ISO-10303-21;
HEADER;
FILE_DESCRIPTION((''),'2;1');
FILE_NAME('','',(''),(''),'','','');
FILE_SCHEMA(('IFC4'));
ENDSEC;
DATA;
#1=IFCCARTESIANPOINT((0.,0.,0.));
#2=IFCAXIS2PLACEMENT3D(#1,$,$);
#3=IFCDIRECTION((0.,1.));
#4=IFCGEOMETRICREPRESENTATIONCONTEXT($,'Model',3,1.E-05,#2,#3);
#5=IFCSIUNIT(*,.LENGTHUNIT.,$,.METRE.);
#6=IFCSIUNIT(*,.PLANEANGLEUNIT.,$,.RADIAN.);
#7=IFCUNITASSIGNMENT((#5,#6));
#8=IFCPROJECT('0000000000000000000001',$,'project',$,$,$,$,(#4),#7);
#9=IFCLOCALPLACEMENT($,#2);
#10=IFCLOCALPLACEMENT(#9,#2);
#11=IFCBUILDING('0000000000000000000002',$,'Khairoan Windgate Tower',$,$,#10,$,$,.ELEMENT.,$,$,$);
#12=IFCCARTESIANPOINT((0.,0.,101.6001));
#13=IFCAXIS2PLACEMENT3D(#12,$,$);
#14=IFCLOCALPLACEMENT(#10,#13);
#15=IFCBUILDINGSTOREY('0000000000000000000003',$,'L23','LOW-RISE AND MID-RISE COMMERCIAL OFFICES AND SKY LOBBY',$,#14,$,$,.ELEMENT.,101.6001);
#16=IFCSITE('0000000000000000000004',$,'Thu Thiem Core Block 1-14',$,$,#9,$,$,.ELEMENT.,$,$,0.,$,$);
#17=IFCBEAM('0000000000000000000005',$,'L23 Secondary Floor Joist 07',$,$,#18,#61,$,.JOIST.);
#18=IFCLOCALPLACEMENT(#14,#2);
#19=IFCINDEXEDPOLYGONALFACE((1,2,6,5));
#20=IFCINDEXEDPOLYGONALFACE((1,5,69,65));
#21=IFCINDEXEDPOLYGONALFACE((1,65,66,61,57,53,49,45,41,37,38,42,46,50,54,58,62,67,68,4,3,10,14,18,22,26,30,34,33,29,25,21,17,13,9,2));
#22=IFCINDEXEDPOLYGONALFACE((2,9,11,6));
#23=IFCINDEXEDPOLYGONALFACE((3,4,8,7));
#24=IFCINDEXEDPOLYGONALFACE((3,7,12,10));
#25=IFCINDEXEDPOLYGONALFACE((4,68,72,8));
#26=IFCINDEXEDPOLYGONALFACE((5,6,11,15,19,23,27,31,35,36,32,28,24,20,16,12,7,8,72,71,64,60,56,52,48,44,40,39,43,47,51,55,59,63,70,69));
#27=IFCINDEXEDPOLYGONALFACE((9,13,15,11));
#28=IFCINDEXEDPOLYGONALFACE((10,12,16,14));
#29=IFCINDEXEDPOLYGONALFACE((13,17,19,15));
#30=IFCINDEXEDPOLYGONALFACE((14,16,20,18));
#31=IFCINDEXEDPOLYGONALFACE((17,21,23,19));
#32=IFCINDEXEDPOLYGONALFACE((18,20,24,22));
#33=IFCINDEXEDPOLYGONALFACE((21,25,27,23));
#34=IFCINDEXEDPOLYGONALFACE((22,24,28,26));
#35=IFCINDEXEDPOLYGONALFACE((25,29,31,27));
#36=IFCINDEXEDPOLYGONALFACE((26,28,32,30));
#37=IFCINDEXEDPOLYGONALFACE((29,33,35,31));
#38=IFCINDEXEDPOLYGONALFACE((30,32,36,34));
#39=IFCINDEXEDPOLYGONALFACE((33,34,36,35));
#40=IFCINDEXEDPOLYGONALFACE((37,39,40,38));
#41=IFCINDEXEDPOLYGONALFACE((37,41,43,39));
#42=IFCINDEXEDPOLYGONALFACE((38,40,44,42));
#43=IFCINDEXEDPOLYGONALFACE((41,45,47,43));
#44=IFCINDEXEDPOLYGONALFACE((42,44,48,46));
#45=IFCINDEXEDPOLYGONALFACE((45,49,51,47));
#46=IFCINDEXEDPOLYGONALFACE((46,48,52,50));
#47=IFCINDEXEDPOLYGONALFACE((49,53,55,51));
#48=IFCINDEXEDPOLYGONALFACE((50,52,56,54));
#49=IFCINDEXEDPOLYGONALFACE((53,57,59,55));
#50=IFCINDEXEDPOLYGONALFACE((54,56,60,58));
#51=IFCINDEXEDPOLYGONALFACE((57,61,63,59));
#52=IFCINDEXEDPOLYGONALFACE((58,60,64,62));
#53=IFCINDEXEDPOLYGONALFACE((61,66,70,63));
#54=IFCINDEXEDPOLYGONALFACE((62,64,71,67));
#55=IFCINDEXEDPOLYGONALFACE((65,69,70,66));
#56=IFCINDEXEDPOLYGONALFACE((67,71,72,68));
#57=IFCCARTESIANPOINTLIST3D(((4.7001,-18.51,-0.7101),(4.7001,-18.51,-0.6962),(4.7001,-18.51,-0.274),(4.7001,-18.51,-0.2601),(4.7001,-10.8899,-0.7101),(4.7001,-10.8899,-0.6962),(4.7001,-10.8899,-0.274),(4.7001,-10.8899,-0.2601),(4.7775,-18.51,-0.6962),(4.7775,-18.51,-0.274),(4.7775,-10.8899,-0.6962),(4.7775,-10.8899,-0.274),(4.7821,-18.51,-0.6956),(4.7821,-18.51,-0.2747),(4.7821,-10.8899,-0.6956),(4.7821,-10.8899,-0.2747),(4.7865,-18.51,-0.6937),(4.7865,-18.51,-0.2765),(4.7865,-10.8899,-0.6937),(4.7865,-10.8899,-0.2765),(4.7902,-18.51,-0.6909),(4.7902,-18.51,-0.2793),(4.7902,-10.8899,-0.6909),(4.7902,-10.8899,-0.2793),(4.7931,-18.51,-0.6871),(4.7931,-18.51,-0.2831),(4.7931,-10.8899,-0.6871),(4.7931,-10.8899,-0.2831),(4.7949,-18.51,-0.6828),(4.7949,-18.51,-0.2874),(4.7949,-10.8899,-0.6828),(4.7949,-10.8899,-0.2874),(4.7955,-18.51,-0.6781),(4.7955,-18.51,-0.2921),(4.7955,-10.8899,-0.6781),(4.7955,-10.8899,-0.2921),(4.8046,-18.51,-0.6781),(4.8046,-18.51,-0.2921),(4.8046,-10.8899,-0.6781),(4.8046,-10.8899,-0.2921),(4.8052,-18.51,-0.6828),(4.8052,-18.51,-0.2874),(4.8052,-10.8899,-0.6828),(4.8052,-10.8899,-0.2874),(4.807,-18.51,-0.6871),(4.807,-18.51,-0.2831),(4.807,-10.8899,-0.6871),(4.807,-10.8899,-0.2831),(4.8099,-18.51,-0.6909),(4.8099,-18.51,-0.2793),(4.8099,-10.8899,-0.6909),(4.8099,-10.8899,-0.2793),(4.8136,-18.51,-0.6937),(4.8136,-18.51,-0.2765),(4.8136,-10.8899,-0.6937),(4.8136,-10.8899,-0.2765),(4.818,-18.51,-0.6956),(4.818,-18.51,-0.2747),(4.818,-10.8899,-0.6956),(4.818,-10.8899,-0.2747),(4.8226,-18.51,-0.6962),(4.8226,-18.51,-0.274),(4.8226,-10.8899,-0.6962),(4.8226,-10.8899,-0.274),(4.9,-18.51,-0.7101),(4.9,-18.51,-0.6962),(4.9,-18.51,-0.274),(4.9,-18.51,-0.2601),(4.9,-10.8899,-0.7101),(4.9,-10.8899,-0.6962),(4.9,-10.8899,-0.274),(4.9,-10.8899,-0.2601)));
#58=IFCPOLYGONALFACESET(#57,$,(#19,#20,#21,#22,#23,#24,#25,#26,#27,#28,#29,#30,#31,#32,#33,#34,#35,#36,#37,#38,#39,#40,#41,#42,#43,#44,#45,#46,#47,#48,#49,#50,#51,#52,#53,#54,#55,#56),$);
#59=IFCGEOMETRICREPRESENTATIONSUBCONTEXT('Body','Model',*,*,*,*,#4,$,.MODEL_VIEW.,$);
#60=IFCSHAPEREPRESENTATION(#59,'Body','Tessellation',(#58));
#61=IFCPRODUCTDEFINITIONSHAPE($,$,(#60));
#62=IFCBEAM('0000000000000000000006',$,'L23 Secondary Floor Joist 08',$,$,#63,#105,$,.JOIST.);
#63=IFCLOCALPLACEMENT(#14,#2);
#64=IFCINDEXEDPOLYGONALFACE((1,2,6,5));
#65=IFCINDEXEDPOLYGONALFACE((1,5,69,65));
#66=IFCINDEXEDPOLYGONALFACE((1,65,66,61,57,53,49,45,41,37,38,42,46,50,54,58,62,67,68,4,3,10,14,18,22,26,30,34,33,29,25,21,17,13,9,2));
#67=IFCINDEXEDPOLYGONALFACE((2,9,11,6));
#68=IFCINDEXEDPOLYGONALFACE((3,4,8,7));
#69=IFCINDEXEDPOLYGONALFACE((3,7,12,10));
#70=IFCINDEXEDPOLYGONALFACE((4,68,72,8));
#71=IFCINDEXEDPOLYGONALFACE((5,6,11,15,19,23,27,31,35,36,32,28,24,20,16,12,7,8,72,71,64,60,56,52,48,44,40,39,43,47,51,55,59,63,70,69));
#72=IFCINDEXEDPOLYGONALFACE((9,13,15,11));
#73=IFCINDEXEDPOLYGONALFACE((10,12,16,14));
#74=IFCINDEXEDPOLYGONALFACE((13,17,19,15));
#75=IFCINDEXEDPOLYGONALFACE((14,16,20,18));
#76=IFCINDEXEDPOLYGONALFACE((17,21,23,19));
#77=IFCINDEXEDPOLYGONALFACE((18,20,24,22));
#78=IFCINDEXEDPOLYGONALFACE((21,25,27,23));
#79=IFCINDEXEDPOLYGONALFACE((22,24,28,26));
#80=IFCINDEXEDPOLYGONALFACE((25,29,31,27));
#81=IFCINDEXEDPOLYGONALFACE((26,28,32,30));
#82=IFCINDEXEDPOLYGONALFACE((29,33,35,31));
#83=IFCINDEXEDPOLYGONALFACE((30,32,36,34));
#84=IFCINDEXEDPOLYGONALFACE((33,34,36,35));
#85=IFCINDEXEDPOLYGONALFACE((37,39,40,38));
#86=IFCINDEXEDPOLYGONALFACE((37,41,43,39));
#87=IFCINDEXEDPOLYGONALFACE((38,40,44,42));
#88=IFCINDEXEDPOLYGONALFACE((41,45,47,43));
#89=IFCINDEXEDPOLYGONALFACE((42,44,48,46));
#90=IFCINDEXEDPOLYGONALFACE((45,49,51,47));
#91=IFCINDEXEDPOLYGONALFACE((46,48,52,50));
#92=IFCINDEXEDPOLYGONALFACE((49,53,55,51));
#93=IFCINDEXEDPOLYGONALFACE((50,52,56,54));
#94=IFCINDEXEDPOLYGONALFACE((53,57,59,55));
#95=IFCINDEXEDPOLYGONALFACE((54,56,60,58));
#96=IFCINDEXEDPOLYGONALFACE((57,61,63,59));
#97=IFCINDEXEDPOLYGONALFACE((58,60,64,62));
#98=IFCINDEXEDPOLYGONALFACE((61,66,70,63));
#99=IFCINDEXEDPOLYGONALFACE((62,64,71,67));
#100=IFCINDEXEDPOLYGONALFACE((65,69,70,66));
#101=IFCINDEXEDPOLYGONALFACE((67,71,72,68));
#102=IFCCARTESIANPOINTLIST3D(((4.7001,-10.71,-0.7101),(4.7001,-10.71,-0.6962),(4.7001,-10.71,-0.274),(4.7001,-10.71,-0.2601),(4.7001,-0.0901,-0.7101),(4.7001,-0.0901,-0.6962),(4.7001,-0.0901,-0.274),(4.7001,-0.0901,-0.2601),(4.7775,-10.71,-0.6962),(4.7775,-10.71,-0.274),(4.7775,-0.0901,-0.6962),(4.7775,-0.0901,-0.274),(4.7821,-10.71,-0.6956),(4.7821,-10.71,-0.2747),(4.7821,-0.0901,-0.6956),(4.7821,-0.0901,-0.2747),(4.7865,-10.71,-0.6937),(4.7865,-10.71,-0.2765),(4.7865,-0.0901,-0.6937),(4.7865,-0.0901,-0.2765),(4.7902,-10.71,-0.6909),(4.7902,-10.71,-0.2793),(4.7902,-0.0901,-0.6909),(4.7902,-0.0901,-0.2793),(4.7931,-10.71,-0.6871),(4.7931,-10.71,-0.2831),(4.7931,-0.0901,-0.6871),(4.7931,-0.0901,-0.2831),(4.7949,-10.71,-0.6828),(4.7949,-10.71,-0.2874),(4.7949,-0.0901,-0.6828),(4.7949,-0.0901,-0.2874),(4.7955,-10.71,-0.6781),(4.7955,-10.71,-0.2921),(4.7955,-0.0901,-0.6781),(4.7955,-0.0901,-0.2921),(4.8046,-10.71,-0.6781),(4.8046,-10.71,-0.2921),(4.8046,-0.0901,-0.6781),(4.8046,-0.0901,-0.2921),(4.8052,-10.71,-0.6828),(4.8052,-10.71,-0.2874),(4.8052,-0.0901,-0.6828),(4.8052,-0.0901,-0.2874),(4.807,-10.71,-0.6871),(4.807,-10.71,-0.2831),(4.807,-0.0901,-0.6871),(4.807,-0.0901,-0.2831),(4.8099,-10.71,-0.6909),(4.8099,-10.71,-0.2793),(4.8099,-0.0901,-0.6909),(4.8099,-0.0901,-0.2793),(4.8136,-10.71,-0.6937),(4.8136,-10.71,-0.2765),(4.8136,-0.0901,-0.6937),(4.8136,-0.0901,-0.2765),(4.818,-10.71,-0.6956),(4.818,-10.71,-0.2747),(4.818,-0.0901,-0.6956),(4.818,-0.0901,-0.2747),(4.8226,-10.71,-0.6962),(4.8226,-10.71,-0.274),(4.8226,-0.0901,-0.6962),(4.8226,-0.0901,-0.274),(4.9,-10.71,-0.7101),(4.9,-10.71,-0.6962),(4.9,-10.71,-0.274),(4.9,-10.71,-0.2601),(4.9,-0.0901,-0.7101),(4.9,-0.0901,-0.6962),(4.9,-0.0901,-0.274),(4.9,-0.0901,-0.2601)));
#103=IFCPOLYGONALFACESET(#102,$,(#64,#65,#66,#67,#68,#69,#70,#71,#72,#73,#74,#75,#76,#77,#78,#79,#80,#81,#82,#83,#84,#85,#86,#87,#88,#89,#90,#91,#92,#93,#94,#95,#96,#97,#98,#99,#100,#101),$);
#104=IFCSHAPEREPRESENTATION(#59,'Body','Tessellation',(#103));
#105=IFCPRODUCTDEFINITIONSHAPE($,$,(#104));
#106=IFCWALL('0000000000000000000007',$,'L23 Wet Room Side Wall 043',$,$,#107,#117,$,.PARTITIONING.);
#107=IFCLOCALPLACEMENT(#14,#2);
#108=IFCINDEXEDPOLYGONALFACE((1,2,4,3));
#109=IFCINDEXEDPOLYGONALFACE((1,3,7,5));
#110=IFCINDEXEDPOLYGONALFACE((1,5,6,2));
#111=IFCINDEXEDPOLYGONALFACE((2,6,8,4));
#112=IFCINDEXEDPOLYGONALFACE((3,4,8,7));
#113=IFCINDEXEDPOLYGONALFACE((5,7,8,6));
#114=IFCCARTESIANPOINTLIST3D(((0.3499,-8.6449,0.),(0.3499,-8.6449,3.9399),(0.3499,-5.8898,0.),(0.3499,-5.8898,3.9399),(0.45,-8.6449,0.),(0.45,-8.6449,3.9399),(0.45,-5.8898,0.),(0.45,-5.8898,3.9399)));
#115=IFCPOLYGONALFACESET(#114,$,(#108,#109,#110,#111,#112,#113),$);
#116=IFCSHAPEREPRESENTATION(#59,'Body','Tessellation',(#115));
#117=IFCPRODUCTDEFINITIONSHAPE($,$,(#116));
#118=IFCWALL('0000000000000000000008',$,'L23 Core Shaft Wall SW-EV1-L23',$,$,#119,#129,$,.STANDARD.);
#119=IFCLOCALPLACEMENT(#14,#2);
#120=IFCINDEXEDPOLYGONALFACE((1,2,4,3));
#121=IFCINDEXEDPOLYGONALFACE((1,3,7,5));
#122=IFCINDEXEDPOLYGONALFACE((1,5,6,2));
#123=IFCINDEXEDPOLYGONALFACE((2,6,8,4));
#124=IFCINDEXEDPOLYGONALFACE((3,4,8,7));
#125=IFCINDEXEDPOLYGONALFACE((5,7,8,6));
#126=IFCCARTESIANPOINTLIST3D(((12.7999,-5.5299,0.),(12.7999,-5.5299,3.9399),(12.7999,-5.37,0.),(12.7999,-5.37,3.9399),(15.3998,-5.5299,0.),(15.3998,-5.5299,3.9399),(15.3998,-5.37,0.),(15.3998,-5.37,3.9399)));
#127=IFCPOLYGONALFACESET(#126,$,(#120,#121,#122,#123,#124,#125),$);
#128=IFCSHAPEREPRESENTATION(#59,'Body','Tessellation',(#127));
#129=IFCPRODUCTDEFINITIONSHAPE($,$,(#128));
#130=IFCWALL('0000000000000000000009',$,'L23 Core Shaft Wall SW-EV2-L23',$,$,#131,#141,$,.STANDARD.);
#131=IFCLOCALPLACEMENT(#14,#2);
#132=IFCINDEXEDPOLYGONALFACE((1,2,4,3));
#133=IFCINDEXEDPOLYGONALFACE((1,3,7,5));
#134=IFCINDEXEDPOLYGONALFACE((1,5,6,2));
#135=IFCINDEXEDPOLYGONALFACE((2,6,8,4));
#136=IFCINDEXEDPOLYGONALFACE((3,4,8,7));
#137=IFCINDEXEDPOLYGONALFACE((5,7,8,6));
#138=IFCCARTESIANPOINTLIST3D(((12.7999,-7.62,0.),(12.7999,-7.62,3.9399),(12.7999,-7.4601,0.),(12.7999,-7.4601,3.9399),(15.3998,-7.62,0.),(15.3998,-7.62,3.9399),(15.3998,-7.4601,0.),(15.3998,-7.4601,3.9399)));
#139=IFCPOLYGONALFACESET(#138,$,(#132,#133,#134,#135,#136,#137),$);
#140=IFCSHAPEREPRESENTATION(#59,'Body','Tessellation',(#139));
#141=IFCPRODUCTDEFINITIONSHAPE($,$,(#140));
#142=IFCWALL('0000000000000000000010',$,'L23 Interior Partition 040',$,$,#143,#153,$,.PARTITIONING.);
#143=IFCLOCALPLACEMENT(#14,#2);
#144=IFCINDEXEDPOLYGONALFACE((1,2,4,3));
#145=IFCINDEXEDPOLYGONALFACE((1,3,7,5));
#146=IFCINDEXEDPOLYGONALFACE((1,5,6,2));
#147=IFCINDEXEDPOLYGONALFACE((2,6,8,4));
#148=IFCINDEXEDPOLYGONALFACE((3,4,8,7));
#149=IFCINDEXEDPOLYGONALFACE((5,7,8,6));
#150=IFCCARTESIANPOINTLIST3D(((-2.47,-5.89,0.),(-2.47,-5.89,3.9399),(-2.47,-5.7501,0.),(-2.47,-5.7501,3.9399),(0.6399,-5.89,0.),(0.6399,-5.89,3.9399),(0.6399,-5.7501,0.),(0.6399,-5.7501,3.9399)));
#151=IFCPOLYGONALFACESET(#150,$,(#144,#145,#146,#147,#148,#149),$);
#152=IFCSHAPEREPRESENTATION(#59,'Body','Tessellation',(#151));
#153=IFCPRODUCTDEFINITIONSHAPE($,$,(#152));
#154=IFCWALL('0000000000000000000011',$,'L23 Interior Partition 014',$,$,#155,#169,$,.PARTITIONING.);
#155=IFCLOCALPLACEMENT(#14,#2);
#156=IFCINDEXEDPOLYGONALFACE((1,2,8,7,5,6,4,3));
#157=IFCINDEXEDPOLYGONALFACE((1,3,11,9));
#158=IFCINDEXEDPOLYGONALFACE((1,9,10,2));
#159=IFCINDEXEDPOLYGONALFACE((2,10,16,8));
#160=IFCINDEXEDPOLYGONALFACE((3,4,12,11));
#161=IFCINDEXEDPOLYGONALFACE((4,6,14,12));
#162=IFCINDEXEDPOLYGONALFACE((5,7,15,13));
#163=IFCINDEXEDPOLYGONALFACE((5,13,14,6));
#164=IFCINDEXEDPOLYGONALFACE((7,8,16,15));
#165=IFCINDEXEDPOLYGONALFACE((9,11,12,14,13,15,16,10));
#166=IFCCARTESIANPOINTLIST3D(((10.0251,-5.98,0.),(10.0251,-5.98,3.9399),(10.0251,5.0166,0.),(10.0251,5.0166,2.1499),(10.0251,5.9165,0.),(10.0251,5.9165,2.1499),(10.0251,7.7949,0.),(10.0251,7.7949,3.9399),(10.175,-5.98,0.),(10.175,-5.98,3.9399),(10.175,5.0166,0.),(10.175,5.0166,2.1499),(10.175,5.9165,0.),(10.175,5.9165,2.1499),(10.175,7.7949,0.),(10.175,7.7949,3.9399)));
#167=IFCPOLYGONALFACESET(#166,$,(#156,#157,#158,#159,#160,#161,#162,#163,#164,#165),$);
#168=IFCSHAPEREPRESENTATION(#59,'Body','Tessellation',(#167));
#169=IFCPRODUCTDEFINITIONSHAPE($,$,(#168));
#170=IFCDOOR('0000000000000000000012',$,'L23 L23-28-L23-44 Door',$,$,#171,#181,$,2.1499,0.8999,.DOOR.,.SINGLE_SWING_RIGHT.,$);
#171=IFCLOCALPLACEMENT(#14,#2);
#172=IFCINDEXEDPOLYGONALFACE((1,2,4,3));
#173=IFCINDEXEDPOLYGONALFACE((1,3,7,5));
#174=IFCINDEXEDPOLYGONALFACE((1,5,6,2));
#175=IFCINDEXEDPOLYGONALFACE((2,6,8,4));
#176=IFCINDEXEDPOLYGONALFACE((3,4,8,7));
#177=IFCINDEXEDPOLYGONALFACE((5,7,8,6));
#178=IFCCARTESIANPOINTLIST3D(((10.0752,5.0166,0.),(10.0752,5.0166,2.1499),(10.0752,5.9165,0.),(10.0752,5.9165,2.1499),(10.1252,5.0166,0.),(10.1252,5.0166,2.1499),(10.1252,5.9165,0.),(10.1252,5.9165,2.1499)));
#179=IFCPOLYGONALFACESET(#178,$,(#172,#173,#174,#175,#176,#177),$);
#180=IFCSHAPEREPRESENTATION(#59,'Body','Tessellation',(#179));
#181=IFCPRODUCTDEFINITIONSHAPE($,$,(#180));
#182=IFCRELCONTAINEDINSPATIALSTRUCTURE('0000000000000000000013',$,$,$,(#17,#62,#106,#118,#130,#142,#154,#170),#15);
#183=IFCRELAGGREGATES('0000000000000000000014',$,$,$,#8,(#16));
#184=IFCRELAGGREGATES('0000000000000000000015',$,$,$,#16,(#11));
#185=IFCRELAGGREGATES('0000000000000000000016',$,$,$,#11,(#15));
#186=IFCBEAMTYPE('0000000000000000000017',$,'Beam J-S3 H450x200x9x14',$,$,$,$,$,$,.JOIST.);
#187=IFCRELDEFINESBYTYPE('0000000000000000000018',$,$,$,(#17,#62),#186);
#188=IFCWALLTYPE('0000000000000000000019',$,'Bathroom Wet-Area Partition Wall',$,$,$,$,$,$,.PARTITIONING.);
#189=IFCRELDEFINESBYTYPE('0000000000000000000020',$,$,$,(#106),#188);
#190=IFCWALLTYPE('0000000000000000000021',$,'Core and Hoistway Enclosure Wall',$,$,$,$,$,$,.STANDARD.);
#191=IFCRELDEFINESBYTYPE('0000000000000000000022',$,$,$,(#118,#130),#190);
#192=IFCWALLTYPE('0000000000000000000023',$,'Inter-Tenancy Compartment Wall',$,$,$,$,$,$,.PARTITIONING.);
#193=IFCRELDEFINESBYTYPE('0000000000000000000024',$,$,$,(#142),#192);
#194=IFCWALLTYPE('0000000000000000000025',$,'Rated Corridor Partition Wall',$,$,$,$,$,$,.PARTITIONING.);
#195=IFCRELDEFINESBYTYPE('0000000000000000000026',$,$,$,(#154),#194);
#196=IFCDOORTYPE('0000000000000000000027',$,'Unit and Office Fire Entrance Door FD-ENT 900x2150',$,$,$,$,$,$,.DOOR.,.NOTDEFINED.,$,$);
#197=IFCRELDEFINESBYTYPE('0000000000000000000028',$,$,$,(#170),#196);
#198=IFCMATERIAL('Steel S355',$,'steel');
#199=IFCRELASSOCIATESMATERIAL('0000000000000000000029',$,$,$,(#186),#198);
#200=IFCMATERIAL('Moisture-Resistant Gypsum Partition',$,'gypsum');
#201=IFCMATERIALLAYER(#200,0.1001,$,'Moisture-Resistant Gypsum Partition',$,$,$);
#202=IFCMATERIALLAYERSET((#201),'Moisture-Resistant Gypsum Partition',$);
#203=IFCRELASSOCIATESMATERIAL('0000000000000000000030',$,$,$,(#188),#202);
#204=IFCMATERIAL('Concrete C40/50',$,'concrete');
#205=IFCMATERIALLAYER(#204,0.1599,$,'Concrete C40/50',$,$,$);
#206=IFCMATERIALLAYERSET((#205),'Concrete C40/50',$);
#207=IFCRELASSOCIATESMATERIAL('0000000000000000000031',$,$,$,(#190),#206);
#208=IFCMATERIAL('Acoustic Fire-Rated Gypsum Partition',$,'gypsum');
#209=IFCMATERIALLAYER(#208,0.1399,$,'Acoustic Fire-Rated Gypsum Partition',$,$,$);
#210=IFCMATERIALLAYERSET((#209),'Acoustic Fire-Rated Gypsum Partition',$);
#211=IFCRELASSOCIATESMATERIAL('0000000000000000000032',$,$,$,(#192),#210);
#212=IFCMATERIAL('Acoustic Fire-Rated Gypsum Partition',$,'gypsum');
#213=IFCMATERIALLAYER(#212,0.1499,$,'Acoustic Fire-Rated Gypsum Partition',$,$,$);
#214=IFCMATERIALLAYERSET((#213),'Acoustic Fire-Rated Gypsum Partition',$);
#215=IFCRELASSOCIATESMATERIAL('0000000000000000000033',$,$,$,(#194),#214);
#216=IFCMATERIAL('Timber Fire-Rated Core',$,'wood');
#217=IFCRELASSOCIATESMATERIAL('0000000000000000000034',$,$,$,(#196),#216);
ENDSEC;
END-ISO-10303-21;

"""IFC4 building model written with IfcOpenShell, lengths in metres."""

from ifc_helpers import new_model, si_unit, direction, frame, frame_2d, origin, origin_2d, place, context, subcontext, project, spatial, rectangle, i_section, extrude, material, layer, layer_set, material_profile, profile_set, type_object, element, fill, save


model = new_model("IFC4")

# Units and contexts
model_context = context("Model", 3, precision=1e-05, world=origin(), true_north=direction((0.0, 1.0)))
body_context = subcontext(model_context, "Body", "Model", "MODEL_VIEW")
ifc_project = project(units=[si_unit("LENGTHUNIT", "METRE"), si_unit("PLANEANGLEUNIT", "RADIAN")], contexts=[model_context])

# Site, building, storey
site_placement = place(None, origin())
site = spatial("IfcSite", under=ifc_project, at=site_placement, Name="Thu Thiem Core Block 1-14", CompositionType="ELEMENT", RefElevation=0.0)
building_placement = place(site_placement, origin())
building = spatial("IfcBuilding", under=site, at=building_placement, Name="Khairoan Windgate Tower", CompositionType="ELEMENT")
storey_placement = place(building_placement, frame((0.0, 0.0, 101.6001)))
storey = spatial("IfcBuildingStorey", under=building, at=storey_placement, Name="L23", Description="LOW-RISE AND MID-RISE COMMERCIAL OFFICES AND SKY LOBBY", CompositionType="ELEMENT", Elevation=101.6001)

# Beams
ifc_material_1 = material(Name="Steel S355", Category="steel")
ifc_material_profile_1 = material_profile(ifc_material_1, i_section(OverallWidth=0.2, OverallDepth=0.45, WebThickness=0.009, FlangeThickness=0.0139, FilletRadius=0.0181, at=origin_2d()))
ifc_profile_set_1 = profile_set([ifc_material_profile_1], Name="Steel S355")
beam_type_1 = type_object("IfcBeamType", Name="Beam J-S3 H450x200x9x14", PredefinedType="JOIST", material=ifc_profile_set_1)
beam_1_placement = place(storey_placement, frame((4.8, -18.51, -0.4851), z_axis=(0.0, 1.0, 0.0), x_axis=(-1.0, 0.0, 0.0)))
element("IfcBeam", 1, at=beam_1_placement, inside=storey, type_object=beam_type_1, Name="L23 Secondary Floor Joist 07", PredefinedType="JOIST", context=body_context, shape_type="SweptSolid", body=[
    extrude(i_section(OverallWidth=0.2, OverallDepth=0.45, WebThickness=0.009, FlangeThickness=0.0139, FilletRadius=0.0181, at=origin_2d()), origin(), (0.0, 0.0, 1.0), 7.6201),
])
beam_2_placement = place(storey_placement, frame((4.8, -10.71, -0.4851), z_axis=(0.0, 1.0, 0.0), x_axis=(-1.0, 0.0, 0.0)))
element("IfcBeam", 2, at=beam_2_placement, inside=storey, type_object=beam_type_1, Name="L23 Secondary Floor Joist 08", PredefinedType="JOIST", context=body_context, shape_type="SweptSolid", body=[
    extrude(i_section(OverallWidth=0.2, OverallDepth=0.45, WebThickness=0.009, FlangeThickness=0.0139, FilletRadius=0.0181, at=origin_2d()), origin(), (0.0, 0.0, 1.0), 10.6199),
])

# Walls
ifc_material_2 = material(Name="Moisture-Resistant Gypsum Partition", Category="gypsum")
ifc_layer_1 = layer(ifc_material_2, 0.1001, Name="Moisture-Resistant Gypsum Partition")
ifc_layer_set_1 = layer_set([ifc_layer_1], Name="Moisture-Resistant Gypsum Partition")
wall_type_1 = type_object("IfcWallType", Name="Bathroom Wet-Area Partition Wall", PredefinedType="PARTITIONING", material=ifc_layer_set_1)
wall_1_placement = place(storey_placement, frame((0.3999, -5.8899, 0.0), z_axis=(0.0, 0.0, 1.0), x_axis=(0.0, -1.0, 0.0)))
element("IfcWall", 3, at=wall_1_placement, inside=storey, type_object=wall_type_1, Name="L23 Wet Room Side Wall 043", PredefinedType="PARTITIONING", context=body_context, shape_type="SweptSolid", body=[
    extrude(rectangle(XDim=2.7551, YDim=0.1001, at=frame_2d((1.3774, 0.0))), origin(), (0.0, 0.0, 1.0), 3.9399),
])
ifc_material_3 = material(Name="Concrete C40/50", Category="concrete")
ifc_layer_2 = layer(ifc_material_3, 0.1599, Name="Concrete C40/50")
ifc_layer_set_2 = layer_set([ifc_layer_2], Name="Concrete C40/50")
wall_type_2 = type_object("IfcWallType", Name="Core and Hoistway Enclosure Wall", PredefinedType="STANDARD", material=ifc_layer_set_2)
for number, where, z_axis, x_axis, name in (
    (4, (12.8, -5.45, 0.0), (0.0, 0.0, 1.0), (1.0, 0.0, 0.0), "L23 Core Shaft Wall SW-EV1-L23"),
    (5, (12.8, -7.54, 0.0), (0.0, 0.0, 1.0), (1.0, 0.0, 0.0), "L23 Core Shaft Wall SW-EV2-L23"),
):
    element("IfcWall", number, at=place(storey_placement, frame(where, z_axis=z_axis, x_axis=x_axis)), inside=storey, type_object=wall_type_2, Name=name, PredefinedType="STANDARD", context=body_context, shape_type="SweptSolid", body=[
        extrude(rectangle(XDim=2.5999, YDim=0.1599, at=frame_2d((1.2998, 0.0))), origin(), (0.0, 0.0, 1.0), 3.9399),
    ])
ifc_material_4 = material(Name="Acoustic Fire-Rated Gypsum Partition", Category="gypsum")
ifc_layer_3 = layer(ifc_material_4, 0.1399, Name="Acoustic Fire-Rated Gypsum Partition")
ifc_layer_set_3 = layer_set([ifc_layer_3], Name="Acoustic Fire-Rated Gypsum Partition")
wall_type_3 = type_object("IfcWallType", Name="Inter-Tenancy Compartment Wall", PredefinedType="PARTITIONING", material=ifc_layer_set_3)
wall_2_placement = place(storey_placement, frame((-2.47, -5.8201, 0.0), z_axis=(0.0, 0.0, 1.0), x_axis=(1.0, 0.0, 0.0)))
element("IfcWall", 6, at=wall_2_placement, inside=storey, type_object=wall_type_3, Name="L23 Interior Partition 040", PredefinedType="PARTITIONING", context=body_context, shape_type="SweptSolid", body=[
    extrude(rectangle(XDim=3.1099, YDim=0.1399, at=frame_2d((1.5549, 0.0))), origin(), (0.0, 0.0, 1.0), 3.9399),
])

# Wall, opening, door
ifc_material_5 = material(Name="Acoustic Fire-Rated Gypsum Partition", Category="gypsum")
ifc_layer_4 = layer(ifc_material_5, 0.1499, Name="Acoustic Fire-Rated Gypsum Partition")
ifc_layer_set_4 = layer_set([ifc_layer_4], Name="Acoustic Fire-Rated Gypsum Partition")
wall_type_4 = type_object("IfcWallType", Name="Rated Corridor Partition Wall", PredefinedType="PARTITIONING", material=ifc_layer_set_4)
wall_3_placement = place(storey_placement, frame((10.1001, -5.98, 0.0), z_axis=(0.0, 0.0, 1.0), x_axis=(0.0, 1.0, 0.0)))
wall_3 = element("IfcWall", 7, at=wall_3_placement, inside=storey, type_object=wall_type_4, Name="L23 Interior Partition 014", PredefinedType="PARTITIONING", context=body_context, shape_type="SweptSolid", body=[
    extrude(rectangle(XDim=13.7749, YDim=0.1499, at=frame_2d((6.8875, 0.0))), origin(), (0.0, 0.0, 1.0), 3.9399),
])
opening_1_placement = place(wall_3_placement, frame((10.9966, 0.0, 0.0)))
opening_1 = element("IfcOpeningElement", 8, at=opening_1_placement, cuts=wall_3, PredefinedType="OPENING", context=body_context, shape_type="SweptSolid", body=[
    extrude(rectangle(XDim=0.8999, YDim=2.1499, at=frame_2d((0.45, 1.075))), frame((0.0, 0.085, 0.0), z_axis=(0.0, -1.0, 0.0), x_axis=(1.0, 0.0, 0.0)), (0.0, 0.0, 1.0), 0.1699),
])
ifc_material_6 = material(Name="Timber Fire-Rated Core", Category="wood")
door_type = type_object("IfcDoorType", Name="Unit and Office Fire Entrance Door FD-ENT 900x2150", OperationType="NOTDEFINED", PredefinedType="DOOR", material=ifc_material_6)
door_1_placement = place(opening_1_placement, origin())
door_1 = element("IfcDoor", 9, at=door_1_placement, inside=storey, type_object=door_type, Name="L23 L23-28-L23-44 Door", OperationType="SINGLE_SWING_RIGHT", OverallHeight=2.1499, OverallWidth=0.8999, PredefinedType="DOOR", context=body_context, shape_type="SweptSolid", body=[
    extrude(rectangle(XDim=0.8999, YDim=2.1499, at=frame_2d((0.45, 1.075))), frame((0.0, 0.0249, 0.0), z_axis=(0.0, -1.0, 0.0), x_axis=(1.0, 0.0, 0.0)), (0.0, 0.0, 1.0), 0.05),
])
fill(opening_1, door_1)

save(model, "model.ifc")
